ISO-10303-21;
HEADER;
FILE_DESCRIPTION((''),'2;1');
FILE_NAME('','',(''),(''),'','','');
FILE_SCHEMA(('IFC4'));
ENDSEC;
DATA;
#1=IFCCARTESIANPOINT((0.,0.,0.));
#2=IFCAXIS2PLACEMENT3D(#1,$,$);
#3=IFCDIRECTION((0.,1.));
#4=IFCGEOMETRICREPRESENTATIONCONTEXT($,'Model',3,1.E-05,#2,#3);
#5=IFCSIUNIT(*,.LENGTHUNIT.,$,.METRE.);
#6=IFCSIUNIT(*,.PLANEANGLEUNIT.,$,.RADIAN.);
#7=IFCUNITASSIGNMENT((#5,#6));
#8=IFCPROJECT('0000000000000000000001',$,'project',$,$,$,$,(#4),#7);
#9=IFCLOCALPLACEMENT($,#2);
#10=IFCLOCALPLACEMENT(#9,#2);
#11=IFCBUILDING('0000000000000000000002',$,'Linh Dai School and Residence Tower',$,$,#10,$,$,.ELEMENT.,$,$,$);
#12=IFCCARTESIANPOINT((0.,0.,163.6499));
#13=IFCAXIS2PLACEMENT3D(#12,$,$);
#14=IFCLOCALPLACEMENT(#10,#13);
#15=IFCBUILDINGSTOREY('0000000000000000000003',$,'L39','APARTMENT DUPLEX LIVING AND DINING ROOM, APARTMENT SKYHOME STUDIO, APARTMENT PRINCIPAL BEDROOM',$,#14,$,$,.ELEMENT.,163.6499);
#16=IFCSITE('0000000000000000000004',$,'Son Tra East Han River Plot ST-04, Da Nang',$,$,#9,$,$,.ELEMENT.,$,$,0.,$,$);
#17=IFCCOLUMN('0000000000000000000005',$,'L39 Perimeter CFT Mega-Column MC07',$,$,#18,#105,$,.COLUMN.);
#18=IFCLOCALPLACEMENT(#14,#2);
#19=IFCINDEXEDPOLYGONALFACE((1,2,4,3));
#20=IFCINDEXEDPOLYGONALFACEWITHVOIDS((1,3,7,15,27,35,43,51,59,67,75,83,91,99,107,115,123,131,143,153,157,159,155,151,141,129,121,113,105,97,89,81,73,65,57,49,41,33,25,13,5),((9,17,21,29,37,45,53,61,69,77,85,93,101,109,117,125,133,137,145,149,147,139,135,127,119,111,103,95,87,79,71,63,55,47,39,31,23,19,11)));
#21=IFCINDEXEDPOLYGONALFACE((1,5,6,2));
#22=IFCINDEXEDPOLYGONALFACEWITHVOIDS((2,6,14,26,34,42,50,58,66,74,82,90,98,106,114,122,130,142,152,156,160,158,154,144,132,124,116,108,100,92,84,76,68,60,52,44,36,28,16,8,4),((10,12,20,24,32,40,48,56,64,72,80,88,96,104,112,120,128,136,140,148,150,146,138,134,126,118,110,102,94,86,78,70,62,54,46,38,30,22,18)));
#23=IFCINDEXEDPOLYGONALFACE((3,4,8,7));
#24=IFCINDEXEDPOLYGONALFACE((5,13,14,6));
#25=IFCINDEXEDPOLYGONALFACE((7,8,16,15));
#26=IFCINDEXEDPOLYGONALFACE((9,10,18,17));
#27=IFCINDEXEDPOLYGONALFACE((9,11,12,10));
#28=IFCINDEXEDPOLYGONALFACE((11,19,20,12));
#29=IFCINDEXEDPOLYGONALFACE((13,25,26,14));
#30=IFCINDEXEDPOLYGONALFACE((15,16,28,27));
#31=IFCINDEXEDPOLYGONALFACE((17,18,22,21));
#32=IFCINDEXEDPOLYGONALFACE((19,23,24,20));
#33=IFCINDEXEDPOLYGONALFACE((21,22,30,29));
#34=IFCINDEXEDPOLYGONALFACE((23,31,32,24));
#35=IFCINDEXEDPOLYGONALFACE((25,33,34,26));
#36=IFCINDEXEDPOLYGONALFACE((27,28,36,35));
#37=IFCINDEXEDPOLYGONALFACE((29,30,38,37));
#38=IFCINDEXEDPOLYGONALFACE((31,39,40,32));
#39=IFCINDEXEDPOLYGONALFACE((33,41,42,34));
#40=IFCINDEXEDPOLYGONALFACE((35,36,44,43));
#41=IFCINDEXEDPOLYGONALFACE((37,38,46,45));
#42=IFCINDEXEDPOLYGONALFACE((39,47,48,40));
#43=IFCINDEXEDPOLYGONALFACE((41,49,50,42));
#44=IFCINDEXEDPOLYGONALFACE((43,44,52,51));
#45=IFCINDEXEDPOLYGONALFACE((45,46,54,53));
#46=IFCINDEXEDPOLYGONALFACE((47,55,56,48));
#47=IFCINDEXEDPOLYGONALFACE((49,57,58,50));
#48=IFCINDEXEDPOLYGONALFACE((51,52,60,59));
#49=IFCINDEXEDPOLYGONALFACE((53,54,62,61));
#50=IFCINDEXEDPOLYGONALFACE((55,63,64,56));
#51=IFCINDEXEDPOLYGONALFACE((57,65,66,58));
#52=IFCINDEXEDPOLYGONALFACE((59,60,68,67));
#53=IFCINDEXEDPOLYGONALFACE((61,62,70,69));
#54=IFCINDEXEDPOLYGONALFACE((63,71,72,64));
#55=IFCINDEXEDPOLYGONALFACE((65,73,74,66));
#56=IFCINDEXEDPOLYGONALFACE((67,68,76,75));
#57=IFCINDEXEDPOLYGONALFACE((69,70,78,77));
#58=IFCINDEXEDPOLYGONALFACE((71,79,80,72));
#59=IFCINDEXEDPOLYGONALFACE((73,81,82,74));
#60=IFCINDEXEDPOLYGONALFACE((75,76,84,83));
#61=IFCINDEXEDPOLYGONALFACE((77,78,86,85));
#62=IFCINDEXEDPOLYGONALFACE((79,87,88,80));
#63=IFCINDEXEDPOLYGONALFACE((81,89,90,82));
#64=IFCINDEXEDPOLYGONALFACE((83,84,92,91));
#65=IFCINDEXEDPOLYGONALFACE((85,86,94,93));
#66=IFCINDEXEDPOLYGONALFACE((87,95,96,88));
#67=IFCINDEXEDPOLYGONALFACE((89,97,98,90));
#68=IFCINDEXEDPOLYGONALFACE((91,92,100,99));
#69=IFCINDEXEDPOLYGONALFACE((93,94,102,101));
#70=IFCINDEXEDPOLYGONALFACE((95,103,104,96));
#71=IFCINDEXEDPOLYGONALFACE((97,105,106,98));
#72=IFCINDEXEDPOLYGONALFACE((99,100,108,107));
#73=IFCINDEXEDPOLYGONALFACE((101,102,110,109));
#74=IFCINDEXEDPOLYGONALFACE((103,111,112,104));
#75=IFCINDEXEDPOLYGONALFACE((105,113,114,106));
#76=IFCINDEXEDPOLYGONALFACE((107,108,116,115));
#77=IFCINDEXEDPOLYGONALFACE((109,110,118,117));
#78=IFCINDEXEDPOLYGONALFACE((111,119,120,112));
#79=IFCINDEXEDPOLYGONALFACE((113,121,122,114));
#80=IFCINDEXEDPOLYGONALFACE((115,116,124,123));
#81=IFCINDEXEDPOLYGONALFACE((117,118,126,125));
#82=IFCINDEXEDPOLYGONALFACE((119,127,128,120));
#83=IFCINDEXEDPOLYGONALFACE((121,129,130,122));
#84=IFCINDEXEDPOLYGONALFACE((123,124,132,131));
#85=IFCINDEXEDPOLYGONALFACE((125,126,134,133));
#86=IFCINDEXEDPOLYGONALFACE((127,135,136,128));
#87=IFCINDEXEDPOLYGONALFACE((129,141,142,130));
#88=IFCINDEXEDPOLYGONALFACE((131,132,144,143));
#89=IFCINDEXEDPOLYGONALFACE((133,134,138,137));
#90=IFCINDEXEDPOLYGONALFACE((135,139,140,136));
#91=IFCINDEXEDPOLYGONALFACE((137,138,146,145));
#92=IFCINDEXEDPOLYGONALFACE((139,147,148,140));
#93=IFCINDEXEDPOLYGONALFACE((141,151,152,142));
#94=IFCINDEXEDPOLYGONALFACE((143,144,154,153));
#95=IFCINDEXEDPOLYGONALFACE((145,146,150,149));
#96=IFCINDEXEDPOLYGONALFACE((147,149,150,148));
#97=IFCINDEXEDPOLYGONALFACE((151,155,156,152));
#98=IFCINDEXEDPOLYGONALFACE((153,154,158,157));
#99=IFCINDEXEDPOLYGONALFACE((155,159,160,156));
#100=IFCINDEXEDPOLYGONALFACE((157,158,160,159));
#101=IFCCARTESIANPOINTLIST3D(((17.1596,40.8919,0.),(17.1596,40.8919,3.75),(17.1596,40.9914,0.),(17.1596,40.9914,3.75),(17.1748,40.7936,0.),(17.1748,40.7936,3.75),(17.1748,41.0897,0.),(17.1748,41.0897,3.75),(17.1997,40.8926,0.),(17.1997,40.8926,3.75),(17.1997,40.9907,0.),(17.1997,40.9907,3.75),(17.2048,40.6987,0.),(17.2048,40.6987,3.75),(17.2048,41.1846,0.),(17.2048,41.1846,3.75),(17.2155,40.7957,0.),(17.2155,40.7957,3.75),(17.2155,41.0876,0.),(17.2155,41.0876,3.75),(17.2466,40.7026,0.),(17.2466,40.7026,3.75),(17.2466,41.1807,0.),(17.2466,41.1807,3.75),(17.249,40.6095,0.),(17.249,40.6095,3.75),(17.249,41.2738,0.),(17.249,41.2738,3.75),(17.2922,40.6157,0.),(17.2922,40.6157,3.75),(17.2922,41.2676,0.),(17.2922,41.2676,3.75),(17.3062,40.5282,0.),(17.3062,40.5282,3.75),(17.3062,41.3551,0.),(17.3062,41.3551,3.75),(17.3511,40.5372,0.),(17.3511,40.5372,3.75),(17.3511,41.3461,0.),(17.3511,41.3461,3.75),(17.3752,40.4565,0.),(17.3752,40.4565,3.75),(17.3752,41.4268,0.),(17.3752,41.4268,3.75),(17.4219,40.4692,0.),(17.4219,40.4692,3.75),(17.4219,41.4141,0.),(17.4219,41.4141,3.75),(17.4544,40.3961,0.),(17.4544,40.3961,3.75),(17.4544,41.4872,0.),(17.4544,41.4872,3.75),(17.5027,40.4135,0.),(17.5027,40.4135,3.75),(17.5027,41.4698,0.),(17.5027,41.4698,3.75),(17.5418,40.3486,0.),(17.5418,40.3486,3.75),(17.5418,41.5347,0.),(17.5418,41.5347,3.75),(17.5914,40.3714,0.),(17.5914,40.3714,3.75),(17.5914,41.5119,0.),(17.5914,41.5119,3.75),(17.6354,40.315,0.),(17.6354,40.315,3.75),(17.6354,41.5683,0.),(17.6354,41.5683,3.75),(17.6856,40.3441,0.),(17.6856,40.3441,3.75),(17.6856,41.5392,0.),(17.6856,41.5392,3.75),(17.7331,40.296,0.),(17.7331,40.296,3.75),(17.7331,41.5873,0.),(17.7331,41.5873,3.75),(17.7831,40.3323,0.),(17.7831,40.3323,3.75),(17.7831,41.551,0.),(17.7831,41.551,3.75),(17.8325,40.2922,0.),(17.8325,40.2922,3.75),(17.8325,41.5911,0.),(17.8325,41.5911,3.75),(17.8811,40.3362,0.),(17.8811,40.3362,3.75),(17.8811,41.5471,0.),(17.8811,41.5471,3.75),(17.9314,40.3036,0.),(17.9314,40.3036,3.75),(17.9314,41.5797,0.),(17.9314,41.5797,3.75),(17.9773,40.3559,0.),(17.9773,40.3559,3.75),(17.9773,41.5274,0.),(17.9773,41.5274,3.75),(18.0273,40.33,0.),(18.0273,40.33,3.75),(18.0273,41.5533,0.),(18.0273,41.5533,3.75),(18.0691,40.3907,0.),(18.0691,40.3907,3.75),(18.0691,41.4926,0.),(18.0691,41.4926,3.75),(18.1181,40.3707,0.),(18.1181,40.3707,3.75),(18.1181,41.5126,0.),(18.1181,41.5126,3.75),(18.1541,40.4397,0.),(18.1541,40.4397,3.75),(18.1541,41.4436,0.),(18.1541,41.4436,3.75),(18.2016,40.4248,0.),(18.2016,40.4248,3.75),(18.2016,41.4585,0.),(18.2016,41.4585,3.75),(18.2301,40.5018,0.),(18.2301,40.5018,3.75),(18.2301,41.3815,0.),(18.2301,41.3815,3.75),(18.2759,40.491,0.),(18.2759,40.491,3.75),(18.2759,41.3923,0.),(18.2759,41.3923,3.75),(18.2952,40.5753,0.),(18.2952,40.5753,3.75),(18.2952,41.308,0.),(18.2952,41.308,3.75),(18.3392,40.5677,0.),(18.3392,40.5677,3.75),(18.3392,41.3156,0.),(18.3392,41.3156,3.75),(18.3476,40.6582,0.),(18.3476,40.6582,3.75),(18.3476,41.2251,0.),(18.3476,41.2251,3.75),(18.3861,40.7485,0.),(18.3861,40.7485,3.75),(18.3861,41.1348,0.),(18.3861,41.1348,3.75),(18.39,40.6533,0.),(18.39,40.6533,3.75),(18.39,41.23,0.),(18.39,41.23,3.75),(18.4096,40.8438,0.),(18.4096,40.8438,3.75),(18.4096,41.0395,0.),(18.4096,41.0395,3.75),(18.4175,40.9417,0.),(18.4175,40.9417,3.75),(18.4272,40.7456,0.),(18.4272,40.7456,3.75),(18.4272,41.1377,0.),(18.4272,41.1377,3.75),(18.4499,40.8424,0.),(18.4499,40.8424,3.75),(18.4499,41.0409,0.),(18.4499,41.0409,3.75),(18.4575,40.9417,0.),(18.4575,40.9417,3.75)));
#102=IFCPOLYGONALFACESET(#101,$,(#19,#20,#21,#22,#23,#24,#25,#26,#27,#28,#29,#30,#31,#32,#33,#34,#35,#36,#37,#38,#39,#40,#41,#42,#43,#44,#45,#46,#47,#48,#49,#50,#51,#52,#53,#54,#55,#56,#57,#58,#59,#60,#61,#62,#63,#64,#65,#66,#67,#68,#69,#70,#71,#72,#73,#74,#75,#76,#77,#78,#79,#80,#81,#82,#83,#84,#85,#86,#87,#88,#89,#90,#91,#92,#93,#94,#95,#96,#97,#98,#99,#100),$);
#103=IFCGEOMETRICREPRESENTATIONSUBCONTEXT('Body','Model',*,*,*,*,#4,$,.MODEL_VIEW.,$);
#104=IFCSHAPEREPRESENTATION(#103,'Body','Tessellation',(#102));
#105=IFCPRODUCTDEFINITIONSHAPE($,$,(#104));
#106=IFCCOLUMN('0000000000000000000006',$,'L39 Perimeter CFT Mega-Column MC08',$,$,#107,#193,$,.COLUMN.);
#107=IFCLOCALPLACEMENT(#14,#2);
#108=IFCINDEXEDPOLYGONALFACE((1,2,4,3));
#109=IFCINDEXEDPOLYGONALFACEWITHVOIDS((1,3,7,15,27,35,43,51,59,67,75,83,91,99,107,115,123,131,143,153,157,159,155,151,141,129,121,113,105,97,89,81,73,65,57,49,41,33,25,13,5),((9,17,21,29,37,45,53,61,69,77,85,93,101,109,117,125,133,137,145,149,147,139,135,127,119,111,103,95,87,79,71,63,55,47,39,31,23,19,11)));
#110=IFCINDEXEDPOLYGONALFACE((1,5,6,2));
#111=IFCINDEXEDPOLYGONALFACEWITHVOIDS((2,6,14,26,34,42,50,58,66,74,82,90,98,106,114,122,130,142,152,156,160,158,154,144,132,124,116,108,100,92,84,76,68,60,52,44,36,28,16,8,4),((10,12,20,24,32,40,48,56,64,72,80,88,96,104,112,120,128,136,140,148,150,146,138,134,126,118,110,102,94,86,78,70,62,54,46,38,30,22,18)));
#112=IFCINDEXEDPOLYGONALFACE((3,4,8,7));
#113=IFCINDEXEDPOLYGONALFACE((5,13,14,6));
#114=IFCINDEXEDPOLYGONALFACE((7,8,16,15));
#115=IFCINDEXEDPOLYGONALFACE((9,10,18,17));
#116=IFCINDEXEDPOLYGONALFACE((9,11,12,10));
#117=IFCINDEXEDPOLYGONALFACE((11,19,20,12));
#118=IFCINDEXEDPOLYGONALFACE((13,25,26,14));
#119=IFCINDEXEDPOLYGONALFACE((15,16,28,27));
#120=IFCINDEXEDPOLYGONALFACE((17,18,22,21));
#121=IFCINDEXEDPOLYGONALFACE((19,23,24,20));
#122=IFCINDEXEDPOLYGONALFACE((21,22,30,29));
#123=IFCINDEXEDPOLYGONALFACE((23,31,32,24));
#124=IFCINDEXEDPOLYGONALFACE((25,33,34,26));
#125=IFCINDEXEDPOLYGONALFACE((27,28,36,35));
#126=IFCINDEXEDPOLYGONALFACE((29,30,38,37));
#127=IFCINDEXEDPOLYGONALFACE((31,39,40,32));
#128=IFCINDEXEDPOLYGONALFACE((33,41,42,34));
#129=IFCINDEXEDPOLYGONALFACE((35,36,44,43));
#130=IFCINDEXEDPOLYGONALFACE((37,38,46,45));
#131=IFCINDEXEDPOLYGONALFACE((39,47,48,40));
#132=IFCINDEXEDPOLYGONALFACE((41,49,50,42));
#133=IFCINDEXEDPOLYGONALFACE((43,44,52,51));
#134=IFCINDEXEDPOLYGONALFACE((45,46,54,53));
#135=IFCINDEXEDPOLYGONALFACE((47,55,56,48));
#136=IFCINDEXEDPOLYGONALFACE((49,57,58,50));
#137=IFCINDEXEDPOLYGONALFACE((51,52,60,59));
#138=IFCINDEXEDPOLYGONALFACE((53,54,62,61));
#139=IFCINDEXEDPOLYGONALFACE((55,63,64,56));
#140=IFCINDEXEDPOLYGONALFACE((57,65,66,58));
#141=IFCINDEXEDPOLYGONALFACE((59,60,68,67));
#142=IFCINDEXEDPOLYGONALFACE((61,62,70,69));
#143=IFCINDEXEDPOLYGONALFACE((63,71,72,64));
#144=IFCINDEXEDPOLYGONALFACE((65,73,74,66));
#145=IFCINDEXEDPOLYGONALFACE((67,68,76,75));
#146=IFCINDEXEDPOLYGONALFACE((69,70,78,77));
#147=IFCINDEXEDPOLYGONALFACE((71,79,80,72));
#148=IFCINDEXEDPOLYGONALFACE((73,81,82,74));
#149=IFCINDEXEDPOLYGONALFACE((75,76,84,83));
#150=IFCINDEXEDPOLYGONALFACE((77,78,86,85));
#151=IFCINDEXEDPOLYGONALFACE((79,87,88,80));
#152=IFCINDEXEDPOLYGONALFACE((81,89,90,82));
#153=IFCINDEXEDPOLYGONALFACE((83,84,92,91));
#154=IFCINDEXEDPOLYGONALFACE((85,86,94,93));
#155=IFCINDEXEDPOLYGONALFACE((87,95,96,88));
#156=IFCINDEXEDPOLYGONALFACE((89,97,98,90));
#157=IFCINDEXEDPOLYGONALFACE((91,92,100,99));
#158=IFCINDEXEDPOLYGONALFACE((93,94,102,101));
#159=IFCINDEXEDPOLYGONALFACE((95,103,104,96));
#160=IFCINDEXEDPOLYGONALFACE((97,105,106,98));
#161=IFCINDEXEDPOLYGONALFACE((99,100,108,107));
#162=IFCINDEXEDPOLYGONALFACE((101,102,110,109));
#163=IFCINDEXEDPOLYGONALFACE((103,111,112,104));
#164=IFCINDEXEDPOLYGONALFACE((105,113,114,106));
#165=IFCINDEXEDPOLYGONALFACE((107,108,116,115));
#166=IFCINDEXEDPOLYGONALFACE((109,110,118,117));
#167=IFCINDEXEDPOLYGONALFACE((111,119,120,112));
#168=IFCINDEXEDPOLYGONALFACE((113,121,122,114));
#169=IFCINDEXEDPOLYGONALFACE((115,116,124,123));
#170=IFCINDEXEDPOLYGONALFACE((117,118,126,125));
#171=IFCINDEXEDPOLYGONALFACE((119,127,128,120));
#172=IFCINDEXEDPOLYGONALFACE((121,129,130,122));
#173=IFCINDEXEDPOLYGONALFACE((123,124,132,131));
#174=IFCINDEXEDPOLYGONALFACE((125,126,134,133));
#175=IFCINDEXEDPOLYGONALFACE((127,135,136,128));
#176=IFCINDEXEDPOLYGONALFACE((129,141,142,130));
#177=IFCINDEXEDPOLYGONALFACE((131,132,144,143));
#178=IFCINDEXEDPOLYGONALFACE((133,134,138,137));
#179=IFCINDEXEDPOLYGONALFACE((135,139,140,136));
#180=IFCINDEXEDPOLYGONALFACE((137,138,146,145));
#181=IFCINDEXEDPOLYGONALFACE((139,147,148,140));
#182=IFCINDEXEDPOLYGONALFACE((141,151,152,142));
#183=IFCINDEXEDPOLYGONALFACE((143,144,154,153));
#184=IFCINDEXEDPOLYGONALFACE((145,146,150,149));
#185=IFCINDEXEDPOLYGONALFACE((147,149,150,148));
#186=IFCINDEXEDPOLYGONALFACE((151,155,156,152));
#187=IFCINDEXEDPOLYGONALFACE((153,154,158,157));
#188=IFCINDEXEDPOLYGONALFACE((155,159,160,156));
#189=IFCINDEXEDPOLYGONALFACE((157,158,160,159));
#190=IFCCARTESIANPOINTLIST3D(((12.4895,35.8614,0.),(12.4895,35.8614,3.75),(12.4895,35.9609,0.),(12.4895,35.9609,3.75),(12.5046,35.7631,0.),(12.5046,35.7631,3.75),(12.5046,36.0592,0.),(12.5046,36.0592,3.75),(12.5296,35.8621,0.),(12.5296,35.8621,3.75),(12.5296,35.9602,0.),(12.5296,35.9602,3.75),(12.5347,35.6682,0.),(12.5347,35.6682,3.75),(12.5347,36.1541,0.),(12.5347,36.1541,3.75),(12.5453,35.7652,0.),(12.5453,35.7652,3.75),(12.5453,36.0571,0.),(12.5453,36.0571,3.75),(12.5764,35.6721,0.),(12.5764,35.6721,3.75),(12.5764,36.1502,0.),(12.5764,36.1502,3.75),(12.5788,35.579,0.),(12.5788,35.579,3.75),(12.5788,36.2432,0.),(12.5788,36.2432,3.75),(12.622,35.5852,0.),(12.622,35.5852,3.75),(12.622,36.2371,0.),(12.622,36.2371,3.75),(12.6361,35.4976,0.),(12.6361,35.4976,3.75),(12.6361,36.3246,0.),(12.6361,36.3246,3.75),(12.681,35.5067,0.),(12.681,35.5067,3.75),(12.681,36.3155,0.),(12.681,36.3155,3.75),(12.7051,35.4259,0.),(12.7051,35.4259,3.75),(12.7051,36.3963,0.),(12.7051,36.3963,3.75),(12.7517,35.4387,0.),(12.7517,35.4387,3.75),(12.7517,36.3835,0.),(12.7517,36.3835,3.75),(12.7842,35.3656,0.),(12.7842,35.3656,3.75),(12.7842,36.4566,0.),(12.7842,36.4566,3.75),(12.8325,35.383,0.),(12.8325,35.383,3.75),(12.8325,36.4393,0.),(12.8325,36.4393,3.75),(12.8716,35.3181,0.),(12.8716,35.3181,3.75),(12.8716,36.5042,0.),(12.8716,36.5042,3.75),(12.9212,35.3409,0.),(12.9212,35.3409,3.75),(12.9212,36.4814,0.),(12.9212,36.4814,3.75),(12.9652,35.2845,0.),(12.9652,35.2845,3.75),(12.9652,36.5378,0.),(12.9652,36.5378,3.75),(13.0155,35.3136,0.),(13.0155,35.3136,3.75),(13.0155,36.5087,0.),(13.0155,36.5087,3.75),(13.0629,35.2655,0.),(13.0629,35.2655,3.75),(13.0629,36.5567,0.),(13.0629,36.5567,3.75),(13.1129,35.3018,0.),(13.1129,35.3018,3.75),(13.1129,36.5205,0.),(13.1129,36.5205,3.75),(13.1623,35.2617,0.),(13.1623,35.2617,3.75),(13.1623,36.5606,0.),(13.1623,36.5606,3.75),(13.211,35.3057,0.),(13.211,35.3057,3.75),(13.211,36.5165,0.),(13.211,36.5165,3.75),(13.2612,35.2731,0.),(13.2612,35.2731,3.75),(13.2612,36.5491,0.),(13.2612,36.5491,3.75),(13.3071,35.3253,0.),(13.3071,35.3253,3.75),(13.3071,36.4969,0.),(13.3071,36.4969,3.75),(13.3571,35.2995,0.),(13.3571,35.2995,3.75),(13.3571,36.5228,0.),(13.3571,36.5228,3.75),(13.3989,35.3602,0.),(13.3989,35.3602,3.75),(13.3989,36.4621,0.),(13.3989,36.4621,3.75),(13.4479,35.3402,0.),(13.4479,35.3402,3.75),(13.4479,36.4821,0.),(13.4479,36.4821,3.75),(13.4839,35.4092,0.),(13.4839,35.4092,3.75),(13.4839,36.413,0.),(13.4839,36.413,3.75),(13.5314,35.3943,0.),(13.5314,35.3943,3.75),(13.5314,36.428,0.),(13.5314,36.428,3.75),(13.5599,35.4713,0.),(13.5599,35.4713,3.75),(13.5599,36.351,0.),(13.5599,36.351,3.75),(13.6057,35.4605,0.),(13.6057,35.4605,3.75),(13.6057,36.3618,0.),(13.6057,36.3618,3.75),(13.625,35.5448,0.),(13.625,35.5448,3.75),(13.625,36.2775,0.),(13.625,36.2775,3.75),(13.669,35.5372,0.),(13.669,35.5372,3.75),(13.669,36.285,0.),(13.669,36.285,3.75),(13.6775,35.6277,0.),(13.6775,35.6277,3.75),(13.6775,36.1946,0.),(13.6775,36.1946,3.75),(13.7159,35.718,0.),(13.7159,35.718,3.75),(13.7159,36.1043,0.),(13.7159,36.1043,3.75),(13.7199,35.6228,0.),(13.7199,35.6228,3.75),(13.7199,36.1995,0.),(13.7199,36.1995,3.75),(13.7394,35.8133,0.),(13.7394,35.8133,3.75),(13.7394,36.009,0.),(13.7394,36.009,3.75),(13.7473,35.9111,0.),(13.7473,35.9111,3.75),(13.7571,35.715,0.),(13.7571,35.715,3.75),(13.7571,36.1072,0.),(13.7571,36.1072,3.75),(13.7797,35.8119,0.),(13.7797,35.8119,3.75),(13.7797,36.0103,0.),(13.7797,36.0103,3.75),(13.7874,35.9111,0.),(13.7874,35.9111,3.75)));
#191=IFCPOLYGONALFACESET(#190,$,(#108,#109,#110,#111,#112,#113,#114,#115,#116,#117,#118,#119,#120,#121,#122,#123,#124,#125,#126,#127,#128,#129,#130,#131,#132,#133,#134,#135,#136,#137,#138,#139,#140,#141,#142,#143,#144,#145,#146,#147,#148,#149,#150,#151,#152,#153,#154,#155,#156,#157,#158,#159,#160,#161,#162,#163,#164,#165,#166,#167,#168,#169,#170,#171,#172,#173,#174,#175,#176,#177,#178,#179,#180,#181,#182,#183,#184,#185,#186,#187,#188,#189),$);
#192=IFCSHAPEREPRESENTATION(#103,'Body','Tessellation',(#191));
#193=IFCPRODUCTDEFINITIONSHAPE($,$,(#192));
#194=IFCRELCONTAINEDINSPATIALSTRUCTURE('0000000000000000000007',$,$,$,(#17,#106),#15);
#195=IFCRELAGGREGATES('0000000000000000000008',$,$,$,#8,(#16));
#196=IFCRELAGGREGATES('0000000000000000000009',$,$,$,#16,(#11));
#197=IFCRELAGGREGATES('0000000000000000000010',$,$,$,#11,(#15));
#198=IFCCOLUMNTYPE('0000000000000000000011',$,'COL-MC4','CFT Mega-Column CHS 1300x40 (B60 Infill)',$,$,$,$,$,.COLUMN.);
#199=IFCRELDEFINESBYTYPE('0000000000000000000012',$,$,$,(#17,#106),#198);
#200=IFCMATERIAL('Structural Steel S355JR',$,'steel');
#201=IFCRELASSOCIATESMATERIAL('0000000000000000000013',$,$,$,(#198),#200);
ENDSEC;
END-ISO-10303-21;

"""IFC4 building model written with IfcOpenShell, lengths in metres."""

from ifc_helpers import new_model, si_unit, direction, frame, origin, origin_2d, place, context, subcontext, project, spatial, hollow_circle, extrude, material, material_profile, profile_set, type_object, element, save


model = new_model("IFC4")

# Units and contexts
model_context = context("Model", 3, precision=1e-05, world=origin(), true_north=direction((0.0, 1.0)))
body_context = subcontext(model_context, "Body", "Model", "MODEL_VIEW")
ifc_project = project(units=[si_unit("LENGTHUNIT", "METRE"), si_unit("PLANEANGLEUNIT", "RADIAN")], contexts=[model_context])

# Site, building, storey
site_placement = place(None, origin())
site = spatial("IfcSite", under=ifc_project, at=site_placement, Name="Son Tra East Han River Plot ST-04, Da Nang", CompositionType="ELEMENT", RefElevation=0.0)
building_placement = place(site_placement, origin())
building = spatial("IfcBuilding", under=site, at=building_placement, Name="Linh Dai School and Residence Tower", CompositionType="ELEMENT")
storey_placement = place(building_placement, frame((0.0, 0.0, 163.6499)))
storey = spatial("IfcBuildingStorey", under=building, at=storey_placement, Name="L39", Description="APARTMENT DUPLEX LIVING AND DINING ROOM, APARTMENT SKYHOME STUDIO, APARTMENT PRINCIPAL BEDROOM", CompositionType="ELEMENT", Elevation=163.6499)

# Columns
ifc_material_1 = material(Name="Structural Steel S355JR", Category="steel")
ifc_material_profile_1 = material_profile(ifc_material_1, hollow_circle(Radius=0.6499, WallThickness=0.04, at=origin_2d()), Name="CHS 1300x40")
ifc_profile_set_1 = profile_set([ifc_material_profile_1], Name="Structural Steel S355JR")
column_type = type_object("IfcColumnType", Name="COL-MC4", Description="CFT Mega-Column CHS 1300x40 (B60 Infill)", PredefinedType="COLUMN", material=ifc_profile_set_1)
for number, where, z_axis, x_axis, name in (
    (1, (17.8076, 40.9417, 0.0), (0.0, 0.0, 1.0), (1.0, 0.0, 0.0), "L39 Perimeter CFT Mega-Column MC07"),
    (2, (13.1375, 35.9111, 0.0), (0.0, 0.0, 1.0), (1.0, 0.0, 0.0), "L39 Perimeter CFT Mega-Column MC08"),
):
    element("IfcColumn", number, at=place(storey_placement, frame(where, z_axis=z_axis, x_axis=x_axis)), inside=storey, type_object=column_type, Name=name, PredefinedType="COLUMN", context=body_context, shape_type="SweptSolid", body=[
        extrude(hollow_circle(Radius=0.6499, WallThickness=0.04, at=origin_2d()), origin(), (0.0, 0.0, 1.0), 3.75),
    ])

save(model, "model.ifc")
